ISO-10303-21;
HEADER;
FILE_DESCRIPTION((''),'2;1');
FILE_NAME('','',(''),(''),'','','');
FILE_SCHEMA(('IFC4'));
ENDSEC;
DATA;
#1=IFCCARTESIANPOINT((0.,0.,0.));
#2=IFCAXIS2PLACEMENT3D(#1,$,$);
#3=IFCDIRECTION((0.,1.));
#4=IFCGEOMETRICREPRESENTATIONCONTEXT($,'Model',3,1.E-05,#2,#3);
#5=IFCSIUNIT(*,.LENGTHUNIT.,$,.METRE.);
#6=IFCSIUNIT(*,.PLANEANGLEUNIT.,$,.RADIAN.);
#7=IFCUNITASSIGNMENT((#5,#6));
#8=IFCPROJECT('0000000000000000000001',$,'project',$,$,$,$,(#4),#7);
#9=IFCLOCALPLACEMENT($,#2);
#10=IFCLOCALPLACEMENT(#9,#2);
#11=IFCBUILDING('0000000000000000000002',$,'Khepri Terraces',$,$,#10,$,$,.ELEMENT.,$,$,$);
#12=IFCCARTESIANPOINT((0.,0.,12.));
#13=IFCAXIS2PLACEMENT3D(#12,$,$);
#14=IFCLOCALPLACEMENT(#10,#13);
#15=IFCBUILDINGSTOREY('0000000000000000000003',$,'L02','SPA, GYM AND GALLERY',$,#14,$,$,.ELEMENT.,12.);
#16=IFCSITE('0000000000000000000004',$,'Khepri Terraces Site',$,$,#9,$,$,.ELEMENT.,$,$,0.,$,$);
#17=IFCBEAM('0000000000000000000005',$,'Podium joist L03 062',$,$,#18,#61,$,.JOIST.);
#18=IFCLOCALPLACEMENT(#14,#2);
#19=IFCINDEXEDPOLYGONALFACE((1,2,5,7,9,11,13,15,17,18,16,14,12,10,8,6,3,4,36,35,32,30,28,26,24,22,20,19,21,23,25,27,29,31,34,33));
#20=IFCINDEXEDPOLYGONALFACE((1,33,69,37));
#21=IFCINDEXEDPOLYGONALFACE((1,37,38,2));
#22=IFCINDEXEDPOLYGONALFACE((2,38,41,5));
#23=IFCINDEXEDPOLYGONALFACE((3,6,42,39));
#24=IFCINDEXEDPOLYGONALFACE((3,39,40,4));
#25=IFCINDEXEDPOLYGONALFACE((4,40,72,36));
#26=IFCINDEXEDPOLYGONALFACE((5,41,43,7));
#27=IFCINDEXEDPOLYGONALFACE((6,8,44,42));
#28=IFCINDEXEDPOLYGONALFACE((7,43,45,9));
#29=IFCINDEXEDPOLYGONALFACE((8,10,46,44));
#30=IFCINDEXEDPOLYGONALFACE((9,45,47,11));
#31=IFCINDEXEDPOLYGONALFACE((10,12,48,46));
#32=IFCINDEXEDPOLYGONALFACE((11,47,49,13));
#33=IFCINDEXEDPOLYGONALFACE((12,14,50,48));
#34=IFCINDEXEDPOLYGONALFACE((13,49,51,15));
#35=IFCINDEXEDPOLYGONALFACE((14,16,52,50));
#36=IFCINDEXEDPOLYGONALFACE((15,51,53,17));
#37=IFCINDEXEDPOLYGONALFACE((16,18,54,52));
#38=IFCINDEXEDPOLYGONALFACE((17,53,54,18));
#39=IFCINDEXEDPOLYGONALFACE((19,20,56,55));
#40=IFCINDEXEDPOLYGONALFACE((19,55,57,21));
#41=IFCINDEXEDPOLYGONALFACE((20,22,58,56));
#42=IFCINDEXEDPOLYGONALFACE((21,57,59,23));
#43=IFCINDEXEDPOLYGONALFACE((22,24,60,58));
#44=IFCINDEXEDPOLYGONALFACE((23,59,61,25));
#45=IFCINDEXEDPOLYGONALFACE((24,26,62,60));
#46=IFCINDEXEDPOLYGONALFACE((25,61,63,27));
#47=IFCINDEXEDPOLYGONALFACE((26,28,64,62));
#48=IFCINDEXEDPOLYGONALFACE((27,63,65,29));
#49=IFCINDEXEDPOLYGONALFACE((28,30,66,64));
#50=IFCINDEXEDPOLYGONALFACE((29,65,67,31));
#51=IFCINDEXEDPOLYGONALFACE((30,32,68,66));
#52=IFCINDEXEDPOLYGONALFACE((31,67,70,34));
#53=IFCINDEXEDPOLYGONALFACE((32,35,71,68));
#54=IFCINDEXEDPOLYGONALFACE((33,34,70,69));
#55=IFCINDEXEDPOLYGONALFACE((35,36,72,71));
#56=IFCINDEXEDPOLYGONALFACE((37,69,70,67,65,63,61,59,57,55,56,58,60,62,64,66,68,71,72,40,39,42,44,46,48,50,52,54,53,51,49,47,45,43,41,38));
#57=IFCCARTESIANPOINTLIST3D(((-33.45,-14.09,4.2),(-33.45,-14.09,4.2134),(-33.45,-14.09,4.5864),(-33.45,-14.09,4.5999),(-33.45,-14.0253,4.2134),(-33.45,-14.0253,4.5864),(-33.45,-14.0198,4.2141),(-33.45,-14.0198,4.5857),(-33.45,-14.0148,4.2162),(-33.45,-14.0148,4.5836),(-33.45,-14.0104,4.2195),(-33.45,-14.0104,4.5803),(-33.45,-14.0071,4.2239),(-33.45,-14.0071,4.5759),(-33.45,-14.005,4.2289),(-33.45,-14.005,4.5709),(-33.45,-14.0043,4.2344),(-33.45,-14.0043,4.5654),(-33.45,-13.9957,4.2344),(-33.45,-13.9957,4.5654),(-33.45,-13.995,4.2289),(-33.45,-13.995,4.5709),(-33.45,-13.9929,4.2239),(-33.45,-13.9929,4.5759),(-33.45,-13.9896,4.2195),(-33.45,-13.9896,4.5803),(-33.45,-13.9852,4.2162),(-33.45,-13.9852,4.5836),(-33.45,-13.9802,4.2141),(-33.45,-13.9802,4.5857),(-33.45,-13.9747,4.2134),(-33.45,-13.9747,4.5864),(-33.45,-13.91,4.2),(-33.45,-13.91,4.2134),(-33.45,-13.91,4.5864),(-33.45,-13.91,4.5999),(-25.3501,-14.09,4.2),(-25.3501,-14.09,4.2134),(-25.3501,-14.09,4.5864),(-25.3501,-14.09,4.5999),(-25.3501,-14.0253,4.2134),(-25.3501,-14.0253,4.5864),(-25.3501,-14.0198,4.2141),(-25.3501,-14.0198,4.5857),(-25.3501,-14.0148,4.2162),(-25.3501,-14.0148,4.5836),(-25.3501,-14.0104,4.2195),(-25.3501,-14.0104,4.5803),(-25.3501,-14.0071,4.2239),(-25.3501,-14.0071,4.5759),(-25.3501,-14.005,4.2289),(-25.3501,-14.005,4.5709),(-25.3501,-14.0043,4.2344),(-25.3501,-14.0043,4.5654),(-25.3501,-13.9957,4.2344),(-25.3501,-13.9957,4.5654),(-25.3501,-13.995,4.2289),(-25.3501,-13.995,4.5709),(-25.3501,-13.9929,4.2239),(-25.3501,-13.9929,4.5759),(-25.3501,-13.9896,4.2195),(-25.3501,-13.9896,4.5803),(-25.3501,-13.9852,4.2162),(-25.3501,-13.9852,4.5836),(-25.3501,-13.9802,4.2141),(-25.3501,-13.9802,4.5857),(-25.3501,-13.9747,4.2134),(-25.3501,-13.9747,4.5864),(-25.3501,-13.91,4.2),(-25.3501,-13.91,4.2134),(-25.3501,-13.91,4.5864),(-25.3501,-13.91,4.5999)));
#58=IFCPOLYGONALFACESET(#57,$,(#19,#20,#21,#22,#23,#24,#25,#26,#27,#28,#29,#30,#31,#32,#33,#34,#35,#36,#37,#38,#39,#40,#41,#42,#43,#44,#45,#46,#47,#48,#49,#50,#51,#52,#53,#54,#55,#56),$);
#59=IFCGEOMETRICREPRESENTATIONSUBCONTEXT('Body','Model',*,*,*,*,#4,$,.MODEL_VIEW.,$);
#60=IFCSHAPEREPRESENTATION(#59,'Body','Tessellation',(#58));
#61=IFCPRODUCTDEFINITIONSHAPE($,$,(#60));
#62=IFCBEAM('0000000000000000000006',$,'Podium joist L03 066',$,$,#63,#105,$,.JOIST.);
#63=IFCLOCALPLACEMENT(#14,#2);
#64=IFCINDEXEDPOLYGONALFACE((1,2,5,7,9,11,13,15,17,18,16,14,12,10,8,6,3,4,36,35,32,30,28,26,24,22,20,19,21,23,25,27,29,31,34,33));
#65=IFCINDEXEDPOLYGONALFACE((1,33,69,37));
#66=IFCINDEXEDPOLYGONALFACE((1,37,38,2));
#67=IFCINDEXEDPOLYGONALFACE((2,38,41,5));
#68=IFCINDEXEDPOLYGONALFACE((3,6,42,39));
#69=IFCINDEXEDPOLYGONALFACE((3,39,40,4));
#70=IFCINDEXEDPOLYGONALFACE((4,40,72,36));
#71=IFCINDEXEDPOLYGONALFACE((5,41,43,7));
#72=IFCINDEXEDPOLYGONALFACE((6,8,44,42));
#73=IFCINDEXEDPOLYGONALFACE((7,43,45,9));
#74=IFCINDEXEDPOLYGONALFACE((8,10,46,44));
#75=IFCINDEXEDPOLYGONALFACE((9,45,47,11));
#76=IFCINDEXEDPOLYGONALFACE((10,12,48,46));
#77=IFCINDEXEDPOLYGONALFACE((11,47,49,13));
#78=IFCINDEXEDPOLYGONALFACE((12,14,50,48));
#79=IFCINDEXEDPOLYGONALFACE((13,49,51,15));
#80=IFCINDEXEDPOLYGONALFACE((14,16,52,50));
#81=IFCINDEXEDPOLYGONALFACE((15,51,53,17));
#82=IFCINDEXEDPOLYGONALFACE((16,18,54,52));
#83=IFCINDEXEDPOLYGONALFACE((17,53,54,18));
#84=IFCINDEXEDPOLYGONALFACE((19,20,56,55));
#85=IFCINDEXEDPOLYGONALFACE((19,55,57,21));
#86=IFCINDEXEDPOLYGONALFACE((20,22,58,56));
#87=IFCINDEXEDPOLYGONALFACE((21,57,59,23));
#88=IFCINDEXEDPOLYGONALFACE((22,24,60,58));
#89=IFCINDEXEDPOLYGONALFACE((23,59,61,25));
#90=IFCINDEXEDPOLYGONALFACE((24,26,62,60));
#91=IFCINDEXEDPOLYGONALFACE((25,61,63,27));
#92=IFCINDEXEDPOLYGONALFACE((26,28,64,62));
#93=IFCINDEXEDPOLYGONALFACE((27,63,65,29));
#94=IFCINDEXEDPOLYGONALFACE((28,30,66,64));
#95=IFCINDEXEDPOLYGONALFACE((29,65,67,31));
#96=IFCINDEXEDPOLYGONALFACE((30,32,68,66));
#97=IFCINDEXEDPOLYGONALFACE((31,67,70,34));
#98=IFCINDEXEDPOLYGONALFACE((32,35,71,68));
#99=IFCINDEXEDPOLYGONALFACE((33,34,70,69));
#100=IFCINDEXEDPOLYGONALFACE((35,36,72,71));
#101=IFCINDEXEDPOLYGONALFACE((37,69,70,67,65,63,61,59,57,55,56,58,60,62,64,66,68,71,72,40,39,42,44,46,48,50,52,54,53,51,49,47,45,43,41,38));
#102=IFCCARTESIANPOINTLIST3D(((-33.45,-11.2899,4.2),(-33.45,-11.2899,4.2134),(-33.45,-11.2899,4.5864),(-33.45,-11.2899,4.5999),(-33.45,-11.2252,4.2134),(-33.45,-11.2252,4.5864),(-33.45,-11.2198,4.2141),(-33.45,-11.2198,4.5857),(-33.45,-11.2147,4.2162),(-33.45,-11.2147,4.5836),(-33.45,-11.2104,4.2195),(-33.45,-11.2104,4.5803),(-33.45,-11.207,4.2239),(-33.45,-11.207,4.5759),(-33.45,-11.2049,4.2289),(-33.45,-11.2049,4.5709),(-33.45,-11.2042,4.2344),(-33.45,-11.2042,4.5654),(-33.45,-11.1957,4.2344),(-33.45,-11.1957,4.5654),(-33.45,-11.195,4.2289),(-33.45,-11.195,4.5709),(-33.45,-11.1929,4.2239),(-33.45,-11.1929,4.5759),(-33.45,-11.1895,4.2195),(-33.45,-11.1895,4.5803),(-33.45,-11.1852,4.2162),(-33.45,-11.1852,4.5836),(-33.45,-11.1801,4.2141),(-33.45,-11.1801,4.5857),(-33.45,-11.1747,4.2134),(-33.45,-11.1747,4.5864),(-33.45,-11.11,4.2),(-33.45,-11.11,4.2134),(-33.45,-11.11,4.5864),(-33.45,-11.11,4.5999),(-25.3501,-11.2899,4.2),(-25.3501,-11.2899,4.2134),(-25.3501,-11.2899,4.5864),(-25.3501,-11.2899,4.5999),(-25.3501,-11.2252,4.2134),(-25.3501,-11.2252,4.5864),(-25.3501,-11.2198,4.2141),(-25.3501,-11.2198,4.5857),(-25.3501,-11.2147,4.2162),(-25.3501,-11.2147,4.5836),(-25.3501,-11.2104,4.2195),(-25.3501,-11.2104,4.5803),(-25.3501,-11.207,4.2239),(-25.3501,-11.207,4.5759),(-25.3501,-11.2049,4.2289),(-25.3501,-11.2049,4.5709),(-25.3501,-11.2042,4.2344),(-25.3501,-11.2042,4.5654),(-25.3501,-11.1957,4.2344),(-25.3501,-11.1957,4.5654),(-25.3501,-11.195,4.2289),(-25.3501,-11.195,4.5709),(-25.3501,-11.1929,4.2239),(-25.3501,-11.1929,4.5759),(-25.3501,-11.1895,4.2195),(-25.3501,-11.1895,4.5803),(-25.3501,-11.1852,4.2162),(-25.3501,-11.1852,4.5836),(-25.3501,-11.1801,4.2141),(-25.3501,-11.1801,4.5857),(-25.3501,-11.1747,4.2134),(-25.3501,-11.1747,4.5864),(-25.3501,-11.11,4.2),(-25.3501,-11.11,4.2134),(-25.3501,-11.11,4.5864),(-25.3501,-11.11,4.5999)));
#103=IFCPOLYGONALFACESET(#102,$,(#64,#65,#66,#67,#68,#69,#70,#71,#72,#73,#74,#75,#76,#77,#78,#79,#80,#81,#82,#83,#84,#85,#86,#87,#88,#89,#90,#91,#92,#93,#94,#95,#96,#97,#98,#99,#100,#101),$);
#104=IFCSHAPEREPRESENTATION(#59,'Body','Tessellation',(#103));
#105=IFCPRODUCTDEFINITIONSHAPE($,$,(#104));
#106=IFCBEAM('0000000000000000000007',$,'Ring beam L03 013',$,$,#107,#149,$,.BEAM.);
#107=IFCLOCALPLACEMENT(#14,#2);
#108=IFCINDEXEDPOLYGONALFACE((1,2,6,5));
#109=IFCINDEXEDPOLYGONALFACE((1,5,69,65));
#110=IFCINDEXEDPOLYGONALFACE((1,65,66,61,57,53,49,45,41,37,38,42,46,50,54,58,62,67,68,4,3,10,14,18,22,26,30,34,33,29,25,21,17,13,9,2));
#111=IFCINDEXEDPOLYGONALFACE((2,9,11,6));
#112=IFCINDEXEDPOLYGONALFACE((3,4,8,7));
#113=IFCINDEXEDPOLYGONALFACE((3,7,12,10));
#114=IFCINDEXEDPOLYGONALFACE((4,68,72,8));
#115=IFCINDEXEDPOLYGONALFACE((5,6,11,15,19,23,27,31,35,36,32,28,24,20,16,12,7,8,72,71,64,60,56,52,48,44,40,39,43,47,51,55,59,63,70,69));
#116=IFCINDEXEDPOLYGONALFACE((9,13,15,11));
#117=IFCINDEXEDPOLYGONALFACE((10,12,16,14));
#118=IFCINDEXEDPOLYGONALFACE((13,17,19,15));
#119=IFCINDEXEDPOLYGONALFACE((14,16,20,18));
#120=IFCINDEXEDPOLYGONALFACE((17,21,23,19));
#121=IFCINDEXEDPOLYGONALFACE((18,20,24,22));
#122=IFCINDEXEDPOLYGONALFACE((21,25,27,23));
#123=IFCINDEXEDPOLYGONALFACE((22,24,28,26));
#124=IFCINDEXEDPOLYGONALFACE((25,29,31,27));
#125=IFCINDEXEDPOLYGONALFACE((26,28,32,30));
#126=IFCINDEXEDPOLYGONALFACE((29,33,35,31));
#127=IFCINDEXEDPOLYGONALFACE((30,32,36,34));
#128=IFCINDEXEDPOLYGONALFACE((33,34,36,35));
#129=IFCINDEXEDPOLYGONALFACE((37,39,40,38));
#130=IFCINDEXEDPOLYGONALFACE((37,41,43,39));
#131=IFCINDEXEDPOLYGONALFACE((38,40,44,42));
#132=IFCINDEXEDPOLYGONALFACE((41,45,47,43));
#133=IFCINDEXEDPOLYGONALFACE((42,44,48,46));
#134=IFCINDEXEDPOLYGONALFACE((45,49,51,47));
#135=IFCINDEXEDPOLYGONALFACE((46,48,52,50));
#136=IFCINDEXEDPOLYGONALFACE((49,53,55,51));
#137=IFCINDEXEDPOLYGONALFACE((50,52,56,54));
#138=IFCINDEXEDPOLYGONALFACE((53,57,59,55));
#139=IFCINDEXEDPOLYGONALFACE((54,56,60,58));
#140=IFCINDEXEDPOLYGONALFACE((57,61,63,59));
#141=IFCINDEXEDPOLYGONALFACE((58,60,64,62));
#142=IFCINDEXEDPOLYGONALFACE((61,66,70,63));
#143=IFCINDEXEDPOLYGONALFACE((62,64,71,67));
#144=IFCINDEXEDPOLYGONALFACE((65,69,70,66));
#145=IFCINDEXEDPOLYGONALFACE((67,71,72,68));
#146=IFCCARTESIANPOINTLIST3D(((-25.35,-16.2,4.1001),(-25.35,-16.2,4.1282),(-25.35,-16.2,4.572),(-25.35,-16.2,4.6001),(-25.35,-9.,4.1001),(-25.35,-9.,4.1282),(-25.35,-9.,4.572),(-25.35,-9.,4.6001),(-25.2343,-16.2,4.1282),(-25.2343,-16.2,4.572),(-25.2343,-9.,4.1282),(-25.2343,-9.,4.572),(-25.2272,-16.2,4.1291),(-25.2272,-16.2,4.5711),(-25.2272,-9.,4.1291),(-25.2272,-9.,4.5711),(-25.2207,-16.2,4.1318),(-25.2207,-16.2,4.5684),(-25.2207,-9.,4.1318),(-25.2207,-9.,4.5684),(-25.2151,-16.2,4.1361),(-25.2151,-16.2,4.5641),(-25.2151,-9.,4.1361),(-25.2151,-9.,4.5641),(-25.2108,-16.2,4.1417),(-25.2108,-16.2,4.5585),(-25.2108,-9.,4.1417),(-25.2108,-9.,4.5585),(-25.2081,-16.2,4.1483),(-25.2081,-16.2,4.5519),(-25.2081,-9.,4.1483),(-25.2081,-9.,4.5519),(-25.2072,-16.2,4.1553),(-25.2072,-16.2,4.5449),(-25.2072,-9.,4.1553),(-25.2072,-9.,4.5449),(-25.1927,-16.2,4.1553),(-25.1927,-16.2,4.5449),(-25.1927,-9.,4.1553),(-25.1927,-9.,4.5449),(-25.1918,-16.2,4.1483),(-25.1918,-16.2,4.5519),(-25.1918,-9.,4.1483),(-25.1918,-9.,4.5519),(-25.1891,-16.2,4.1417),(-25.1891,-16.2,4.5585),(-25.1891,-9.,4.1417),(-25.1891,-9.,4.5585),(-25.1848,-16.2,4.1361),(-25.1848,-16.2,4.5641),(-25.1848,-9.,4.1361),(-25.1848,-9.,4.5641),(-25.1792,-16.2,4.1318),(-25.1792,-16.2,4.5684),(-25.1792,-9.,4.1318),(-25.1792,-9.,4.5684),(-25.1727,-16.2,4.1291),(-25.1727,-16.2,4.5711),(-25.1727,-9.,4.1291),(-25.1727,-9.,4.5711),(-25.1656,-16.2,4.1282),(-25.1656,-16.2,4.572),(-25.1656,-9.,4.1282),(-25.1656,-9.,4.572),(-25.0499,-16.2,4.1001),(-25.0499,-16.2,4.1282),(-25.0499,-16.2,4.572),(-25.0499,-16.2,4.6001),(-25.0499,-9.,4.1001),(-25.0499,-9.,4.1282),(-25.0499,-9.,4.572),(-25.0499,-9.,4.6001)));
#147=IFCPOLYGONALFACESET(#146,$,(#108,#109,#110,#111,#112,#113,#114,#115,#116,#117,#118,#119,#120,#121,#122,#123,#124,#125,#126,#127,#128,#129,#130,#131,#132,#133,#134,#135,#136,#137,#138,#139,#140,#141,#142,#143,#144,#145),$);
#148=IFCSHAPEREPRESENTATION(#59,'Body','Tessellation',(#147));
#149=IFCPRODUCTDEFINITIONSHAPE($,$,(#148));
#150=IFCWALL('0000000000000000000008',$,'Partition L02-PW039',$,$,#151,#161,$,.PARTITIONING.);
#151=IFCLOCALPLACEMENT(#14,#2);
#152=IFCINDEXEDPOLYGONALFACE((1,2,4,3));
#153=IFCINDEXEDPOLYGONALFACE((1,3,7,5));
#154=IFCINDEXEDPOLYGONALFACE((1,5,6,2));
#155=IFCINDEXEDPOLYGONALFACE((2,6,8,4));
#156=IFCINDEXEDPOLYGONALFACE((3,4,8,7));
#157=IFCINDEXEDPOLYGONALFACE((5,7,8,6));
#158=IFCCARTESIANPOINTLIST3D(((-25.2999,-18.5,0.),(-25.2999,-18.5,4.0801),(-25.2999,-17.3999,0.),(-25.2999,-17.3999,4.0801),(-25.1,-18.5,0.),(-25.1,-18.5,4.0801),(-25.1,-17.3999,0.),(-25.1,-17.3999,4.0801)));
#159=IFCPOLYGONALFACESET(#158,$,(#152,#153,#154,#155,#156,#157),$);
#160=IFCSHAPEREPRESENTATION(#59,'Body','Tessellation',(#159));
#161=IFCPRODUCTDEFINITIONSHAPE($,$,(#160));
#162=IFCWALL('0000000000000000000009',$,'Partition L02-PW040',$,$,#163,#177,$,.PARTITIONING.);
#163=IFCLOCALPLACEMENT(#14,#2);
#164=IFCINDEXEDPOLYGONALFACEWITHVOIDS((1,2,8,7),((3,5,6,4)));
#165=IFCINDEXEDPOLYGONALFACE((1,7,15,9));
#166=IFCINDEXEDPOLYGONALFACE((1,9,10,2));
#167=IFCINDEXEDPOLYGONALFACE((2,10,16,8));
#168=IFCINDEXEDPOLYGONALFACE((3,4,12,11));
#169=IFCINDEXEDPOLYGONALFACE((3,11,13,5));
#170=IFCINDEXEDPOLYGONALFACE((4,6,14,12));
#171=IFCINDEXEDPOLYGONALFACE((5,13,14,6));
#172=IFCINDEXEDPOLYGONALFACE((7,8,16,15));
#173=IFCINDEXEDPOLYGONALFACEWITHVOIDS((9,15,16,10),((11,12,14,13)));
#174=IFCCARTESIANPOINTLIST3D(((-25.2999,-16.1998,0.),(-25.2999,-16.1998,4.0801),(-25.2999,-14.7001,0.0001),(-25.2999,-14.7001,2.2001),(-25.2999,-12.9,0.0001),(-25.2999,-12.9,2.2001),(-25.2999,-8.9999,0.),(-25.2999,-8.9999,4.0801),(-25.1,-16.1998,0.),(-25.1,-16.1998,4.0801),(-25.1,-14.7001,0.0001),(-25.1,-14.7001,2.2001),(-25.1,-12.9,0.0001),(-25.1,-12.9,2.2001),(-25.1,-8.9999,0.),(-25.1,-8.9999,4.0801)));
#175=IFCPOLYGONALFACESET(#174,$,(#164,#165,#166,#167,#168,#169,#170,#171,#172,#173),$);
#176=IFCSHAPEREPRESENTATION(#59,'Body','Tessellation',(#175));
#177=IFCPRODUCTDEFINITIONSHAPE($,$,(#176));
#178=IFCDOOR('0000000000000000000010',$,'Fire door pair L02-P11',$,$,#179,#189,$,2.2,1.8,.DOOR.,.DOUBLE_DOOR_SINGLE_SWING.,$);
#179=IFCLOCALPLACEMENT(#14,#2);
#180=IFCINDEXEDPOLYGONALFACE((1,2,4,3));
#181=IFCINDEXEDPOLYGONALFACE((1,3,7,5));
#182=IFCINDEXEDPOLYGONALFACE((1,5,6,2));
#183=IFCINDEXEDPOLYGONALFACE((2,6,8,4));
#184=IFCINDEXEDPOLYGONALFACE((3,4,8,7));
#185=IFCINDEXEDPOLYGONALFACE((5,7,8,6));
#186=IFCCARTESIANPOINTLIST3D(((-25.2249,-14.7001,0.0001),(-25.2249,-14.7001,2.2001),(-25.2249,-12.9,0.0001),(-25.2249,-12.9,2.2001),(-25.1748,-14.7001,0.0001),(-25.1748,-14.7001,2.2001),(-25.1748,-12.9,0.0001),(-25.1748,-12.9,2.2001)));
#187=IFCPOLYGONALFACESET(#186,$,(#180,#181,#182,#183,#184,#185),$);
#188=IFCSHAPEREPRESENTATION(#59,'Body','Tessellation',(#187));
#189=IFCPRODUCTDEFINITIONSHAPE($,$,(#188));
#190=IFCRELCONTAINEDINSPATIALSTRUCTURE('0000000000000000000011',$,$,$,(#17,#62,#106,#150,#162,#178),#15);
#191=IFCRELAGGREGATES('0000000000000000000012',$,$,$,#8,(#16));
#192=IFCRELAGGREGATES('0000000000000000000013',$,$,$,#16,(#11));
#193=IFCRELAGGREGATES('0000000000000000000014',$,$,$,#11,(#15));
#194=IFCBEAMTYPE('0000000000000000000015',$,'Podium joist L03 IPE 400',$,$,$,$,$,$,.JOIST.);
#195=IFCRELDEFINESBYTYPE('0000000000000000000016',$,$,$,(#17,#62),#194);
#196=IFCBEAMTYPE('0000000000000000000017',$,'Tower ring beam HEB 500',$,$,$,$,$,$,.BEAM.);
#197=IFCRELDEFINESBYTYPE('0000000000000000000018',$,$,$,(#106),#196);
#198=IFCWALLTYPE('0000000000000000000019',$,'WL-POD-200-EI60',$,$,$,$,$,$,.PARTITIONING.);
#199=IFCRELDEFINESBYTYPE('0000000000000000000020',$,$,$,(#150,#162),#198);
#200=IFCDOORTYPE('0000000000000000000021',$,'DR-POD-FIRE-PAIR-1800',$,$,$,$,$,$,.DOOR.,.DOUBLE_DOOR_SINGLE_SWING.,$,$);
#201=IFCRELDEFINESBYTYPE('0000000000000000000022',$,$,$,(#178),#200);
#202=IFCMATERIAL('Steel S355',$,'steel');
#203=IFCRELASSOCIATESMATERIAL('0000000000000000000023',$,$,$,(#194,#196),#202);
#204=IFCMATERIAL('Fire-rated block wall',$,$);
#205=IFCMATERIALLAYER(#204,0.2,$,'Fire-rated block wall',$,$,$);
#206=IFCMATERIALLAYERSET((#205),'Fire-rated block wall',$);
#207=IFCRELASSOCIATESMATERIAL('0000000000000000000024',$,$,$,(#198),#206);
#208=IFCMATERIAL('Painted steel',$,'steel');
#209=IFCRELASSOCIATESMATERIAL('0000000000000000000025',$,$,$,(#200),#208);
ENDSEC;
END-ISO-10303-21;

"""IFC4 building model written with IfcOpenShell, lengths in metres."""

from ifc_helpers import new_model, si_unit, direction, frame, frame_2d, origin, origin_2d, place, context, subcontext, project, spatial, rectangle, i_section, extrude, material, layer, layer_set, material_profile, profile_set, type_object, element, fill, save


model = new_model("IFC4")

# Units and contexts
model_context = context("Model", 3, precision=1e-05, world=origin(), true_north=direction((0.0, 1.0)))
body_context = subcontext(model_context, "Body", "Model", "MODEL_VIEW")
ifc_project = project(units=[si_unit("LENGTHUNIT", "METRE"), si_unit("PLANEANGLEUNIT", "RADIAN")], contexts=[model_context])

# Site, building, storey
site_placement = place(None, origin())
site = spatial("IfcSite", under=ifc_project, at=site_placement, Name="Khepri Terraces Site", CompositionType="ELEMENT", RefElevation=0.0)
building_placement = place(site_placement, origin())
building = spatial("IfcBuilding", under=site, at=building_placement, Name="Khepri Terraces", CompositionType="ELEMENT")
storey_placement = place(building_placement, frame((0.0, 0.0, 12.0)))
storey = spatial("IfcBuildingStorey", under=building, at=storey_placement, Name="L02", Description="SPA, GYM AND GALLERY", CompositionType="ELEMENT", Elevation=12.0)

# Beams
ifc_material_1 = material(Name="Steel S355", Category="steel")
ifc_material_profile_1 = material_profile(ifc_material_1, i_section(OverallWidth=0.1799, OverallDepth=0.3999, WebThickness=0.0085, FlangeThickness=0.0134, FilletRadius=0.021, at=origin_2d()), Name="Steel S355", Category="steel")
ifc_profile_set_1 = profile_set([ifc_material_profile_1], Name="Steel S355")
beam_type_1 = type_object("IfcBeamType", Name="Podium joist L03 IPE 400", PredefinedType="JOIST", material=ifc_profile_set_1)
for number, where, z_axis, x_axis, name in (
    (1, (-33.45, -14.0, 4.3999), (1.0, 0.0, 0.0), (0.0, 1.0, 0.0), "Podium joist L03 062"),
    (2, (-33.45, -11.2, 4.3999), (1.0, 0.0, 0.0), (0.0, 1.0, 0.0), "Podium joist L03 066"),
):
    element("IfcBeam", number, at=place(storey_placement, frame(where, z_axis=z_axis, x_axis=x_axis)), inside=storey, type_object=beam_type_1, Name=name, PredefinedType="JOIST", context=body_context, shape_type="SweptSolid", body=[
        extrude(i_section(OverallWidth=0.1799, OverallDepth=0.3999, WebThickness=0.0085, FlangeThickness=0.0134, FilletRadius=0.021, at=origin_2d()), origin(), (0.0, 0.0, 1.0), 8.0999),
    ])
ifc_material_profile_2 = material_profile(ifc_material_1, i_section(OverallWidth=0.3, OverallDepth=0.5, WebThickness=0.0144, FlangeThickness=0.0281, FilletRadius=0.0271, at=origin_2d()), Name="Steel S355", Category="steel")
ifc_profile_set_2 = profile_set([ifc_material_profile_2], Name="Steel S355")
beam_type_2 = type_object("IfcBeamType", Name="Tower ring beam HEB 500", PredefinedType="BEAM", material=ifc_profile_set_2)
beam_1_placement = place(storey_placement, frame((-25.2, -16.2, 4.3501), z_axis=(0.0, 1.0, 0.0), x_axis=(-1.0, 0.0, 0.0)))
element("IfcBeam", 3, at=beam_1_placement, inside=storey, type_object=beam_type_2, Name="Ring beam L03 013", PredefinedType="BEAM", context=body_context, shape_type="SweptSolid", body=[
    extrude(i_section(OverallWidth=0.3, OverallDepth=0.5, WebThickness=0.0144, FlangeThickness=0.0281, FilletRadius=0.0271, at=origin_2d()), origin(), (0.0, 0.0, 1.0), 7.2),
])

# Wall
ifc_material_2 = material(Name="Fire-rated block wall")
ifc_layer_1 = layer(ifc_material_2, 0.2, Name="Fire-rated block wall")
ifc_layer_set_1 = layer_set([ifc_layer_1], Name="Fire-rated block wall")
wall_type_1 = type_object("IfcWallType", Name="WL-POD-200-EI60", PredefinedType="PARTITIONING", material=ifc_layer_set_1)
wall_1_placement = place(storey_placement, frame((-25.2, -18.5, 0.0), z_axis=(0.0, 0.0, 1.0), x_axis=(0.0, 1.0, 0.0)))
element("IfcWall", 4, at=wall_1_placement, inside=storey, type_object=wall_type_1, Name="Partition L02-PW039", PredefinedType="PARTITIONING", context=body_context, shape_type="SweptSolid", body=[
    extrude(rectangle(XDim=1.1001, YDim=0.2, at=frame_2d((0.55, 0.0))), origin(), (0.0, 0.0, 1.0), 4.0801),
])

# Wall, opening, door
wall_2_placement = place(storey_placement, frame((-25.2, -16.2, 0.0), z_axis=(0.0, 0.0, 1.0), x_axis=(0.0, 1.0, 0.0)))
wall_2 = element("IfcWall", 5, at=wall_2_placement, inside=storey, type_object=wall_type_1, Name="Partition L02-PW040", PredefinedType="PARTITIONING", context=body_context, shape_type="SweptSolid", body=[
    extrude(rectangle(XDim=7.2, YDim=0.2, at=frame_2d((3.6001, 0.0))), origin(), (0.0, 0.0, 1.0), 4.0801),
])
opening_1_placement = place(wall_2_placement, frame((1.5, 0.0, 0.0)))
opening_1 = element("IfcOpeningElement", 6, at=opening_1_placement, cuts=wall_2, PredefinedType="OPENING", context=body_context, shape_type="SweptSolid", body=[
    extrude(rectangle(XDim=1.8, YDim=2.2, at=frame_2d((0.8999, 1.1001))), frame((0.0, 0.1099, 0.0), z_axis=(0.0, -1.0, 0.0), x_axis=(1.0, 0.0, 0.0)), (0.0, 0.0, 1.0), 0.22),
])
ifc_material_3 = material(Name="Painted steel", Category="steel")
door_type_1 = type_object("IfcDoorType", Name="DR-POD-FIRE-PAIR-1800", OperationType="DOUBLE_DOOR_SINGLE_SWING", PredefinedType="DOOR", material=ifc_material_3)
door_1_placement = place(opening_1_placement, origin())
door_1 = element("IfcDoor", 7, at=door_1_placement, inside=storey, type_object=door_type_1, Name="Fire door pair L02-P11", OperationType="DOUBLE_DOOR_SINGLE_SWING", OverallHeight=2.2, OverallWidth=1.8, PredefinedType="DOOR", context=body_context, shape_type="SweptSolid", body=[
    extrude(rectangle(XDim=1.8, YDim=2.2, at=frame_2d((0.8999, 1.1001))), frame((0.0, 0.0249, 0.0), z_axis=(0.0, -1.0, 0.0), x_axis=(1.0, 0.0, 0.0)), (0.0, 0.0, 1.0), 0.05),
])
fill(opening_1, door_1)

save(model, "model.ifc")
